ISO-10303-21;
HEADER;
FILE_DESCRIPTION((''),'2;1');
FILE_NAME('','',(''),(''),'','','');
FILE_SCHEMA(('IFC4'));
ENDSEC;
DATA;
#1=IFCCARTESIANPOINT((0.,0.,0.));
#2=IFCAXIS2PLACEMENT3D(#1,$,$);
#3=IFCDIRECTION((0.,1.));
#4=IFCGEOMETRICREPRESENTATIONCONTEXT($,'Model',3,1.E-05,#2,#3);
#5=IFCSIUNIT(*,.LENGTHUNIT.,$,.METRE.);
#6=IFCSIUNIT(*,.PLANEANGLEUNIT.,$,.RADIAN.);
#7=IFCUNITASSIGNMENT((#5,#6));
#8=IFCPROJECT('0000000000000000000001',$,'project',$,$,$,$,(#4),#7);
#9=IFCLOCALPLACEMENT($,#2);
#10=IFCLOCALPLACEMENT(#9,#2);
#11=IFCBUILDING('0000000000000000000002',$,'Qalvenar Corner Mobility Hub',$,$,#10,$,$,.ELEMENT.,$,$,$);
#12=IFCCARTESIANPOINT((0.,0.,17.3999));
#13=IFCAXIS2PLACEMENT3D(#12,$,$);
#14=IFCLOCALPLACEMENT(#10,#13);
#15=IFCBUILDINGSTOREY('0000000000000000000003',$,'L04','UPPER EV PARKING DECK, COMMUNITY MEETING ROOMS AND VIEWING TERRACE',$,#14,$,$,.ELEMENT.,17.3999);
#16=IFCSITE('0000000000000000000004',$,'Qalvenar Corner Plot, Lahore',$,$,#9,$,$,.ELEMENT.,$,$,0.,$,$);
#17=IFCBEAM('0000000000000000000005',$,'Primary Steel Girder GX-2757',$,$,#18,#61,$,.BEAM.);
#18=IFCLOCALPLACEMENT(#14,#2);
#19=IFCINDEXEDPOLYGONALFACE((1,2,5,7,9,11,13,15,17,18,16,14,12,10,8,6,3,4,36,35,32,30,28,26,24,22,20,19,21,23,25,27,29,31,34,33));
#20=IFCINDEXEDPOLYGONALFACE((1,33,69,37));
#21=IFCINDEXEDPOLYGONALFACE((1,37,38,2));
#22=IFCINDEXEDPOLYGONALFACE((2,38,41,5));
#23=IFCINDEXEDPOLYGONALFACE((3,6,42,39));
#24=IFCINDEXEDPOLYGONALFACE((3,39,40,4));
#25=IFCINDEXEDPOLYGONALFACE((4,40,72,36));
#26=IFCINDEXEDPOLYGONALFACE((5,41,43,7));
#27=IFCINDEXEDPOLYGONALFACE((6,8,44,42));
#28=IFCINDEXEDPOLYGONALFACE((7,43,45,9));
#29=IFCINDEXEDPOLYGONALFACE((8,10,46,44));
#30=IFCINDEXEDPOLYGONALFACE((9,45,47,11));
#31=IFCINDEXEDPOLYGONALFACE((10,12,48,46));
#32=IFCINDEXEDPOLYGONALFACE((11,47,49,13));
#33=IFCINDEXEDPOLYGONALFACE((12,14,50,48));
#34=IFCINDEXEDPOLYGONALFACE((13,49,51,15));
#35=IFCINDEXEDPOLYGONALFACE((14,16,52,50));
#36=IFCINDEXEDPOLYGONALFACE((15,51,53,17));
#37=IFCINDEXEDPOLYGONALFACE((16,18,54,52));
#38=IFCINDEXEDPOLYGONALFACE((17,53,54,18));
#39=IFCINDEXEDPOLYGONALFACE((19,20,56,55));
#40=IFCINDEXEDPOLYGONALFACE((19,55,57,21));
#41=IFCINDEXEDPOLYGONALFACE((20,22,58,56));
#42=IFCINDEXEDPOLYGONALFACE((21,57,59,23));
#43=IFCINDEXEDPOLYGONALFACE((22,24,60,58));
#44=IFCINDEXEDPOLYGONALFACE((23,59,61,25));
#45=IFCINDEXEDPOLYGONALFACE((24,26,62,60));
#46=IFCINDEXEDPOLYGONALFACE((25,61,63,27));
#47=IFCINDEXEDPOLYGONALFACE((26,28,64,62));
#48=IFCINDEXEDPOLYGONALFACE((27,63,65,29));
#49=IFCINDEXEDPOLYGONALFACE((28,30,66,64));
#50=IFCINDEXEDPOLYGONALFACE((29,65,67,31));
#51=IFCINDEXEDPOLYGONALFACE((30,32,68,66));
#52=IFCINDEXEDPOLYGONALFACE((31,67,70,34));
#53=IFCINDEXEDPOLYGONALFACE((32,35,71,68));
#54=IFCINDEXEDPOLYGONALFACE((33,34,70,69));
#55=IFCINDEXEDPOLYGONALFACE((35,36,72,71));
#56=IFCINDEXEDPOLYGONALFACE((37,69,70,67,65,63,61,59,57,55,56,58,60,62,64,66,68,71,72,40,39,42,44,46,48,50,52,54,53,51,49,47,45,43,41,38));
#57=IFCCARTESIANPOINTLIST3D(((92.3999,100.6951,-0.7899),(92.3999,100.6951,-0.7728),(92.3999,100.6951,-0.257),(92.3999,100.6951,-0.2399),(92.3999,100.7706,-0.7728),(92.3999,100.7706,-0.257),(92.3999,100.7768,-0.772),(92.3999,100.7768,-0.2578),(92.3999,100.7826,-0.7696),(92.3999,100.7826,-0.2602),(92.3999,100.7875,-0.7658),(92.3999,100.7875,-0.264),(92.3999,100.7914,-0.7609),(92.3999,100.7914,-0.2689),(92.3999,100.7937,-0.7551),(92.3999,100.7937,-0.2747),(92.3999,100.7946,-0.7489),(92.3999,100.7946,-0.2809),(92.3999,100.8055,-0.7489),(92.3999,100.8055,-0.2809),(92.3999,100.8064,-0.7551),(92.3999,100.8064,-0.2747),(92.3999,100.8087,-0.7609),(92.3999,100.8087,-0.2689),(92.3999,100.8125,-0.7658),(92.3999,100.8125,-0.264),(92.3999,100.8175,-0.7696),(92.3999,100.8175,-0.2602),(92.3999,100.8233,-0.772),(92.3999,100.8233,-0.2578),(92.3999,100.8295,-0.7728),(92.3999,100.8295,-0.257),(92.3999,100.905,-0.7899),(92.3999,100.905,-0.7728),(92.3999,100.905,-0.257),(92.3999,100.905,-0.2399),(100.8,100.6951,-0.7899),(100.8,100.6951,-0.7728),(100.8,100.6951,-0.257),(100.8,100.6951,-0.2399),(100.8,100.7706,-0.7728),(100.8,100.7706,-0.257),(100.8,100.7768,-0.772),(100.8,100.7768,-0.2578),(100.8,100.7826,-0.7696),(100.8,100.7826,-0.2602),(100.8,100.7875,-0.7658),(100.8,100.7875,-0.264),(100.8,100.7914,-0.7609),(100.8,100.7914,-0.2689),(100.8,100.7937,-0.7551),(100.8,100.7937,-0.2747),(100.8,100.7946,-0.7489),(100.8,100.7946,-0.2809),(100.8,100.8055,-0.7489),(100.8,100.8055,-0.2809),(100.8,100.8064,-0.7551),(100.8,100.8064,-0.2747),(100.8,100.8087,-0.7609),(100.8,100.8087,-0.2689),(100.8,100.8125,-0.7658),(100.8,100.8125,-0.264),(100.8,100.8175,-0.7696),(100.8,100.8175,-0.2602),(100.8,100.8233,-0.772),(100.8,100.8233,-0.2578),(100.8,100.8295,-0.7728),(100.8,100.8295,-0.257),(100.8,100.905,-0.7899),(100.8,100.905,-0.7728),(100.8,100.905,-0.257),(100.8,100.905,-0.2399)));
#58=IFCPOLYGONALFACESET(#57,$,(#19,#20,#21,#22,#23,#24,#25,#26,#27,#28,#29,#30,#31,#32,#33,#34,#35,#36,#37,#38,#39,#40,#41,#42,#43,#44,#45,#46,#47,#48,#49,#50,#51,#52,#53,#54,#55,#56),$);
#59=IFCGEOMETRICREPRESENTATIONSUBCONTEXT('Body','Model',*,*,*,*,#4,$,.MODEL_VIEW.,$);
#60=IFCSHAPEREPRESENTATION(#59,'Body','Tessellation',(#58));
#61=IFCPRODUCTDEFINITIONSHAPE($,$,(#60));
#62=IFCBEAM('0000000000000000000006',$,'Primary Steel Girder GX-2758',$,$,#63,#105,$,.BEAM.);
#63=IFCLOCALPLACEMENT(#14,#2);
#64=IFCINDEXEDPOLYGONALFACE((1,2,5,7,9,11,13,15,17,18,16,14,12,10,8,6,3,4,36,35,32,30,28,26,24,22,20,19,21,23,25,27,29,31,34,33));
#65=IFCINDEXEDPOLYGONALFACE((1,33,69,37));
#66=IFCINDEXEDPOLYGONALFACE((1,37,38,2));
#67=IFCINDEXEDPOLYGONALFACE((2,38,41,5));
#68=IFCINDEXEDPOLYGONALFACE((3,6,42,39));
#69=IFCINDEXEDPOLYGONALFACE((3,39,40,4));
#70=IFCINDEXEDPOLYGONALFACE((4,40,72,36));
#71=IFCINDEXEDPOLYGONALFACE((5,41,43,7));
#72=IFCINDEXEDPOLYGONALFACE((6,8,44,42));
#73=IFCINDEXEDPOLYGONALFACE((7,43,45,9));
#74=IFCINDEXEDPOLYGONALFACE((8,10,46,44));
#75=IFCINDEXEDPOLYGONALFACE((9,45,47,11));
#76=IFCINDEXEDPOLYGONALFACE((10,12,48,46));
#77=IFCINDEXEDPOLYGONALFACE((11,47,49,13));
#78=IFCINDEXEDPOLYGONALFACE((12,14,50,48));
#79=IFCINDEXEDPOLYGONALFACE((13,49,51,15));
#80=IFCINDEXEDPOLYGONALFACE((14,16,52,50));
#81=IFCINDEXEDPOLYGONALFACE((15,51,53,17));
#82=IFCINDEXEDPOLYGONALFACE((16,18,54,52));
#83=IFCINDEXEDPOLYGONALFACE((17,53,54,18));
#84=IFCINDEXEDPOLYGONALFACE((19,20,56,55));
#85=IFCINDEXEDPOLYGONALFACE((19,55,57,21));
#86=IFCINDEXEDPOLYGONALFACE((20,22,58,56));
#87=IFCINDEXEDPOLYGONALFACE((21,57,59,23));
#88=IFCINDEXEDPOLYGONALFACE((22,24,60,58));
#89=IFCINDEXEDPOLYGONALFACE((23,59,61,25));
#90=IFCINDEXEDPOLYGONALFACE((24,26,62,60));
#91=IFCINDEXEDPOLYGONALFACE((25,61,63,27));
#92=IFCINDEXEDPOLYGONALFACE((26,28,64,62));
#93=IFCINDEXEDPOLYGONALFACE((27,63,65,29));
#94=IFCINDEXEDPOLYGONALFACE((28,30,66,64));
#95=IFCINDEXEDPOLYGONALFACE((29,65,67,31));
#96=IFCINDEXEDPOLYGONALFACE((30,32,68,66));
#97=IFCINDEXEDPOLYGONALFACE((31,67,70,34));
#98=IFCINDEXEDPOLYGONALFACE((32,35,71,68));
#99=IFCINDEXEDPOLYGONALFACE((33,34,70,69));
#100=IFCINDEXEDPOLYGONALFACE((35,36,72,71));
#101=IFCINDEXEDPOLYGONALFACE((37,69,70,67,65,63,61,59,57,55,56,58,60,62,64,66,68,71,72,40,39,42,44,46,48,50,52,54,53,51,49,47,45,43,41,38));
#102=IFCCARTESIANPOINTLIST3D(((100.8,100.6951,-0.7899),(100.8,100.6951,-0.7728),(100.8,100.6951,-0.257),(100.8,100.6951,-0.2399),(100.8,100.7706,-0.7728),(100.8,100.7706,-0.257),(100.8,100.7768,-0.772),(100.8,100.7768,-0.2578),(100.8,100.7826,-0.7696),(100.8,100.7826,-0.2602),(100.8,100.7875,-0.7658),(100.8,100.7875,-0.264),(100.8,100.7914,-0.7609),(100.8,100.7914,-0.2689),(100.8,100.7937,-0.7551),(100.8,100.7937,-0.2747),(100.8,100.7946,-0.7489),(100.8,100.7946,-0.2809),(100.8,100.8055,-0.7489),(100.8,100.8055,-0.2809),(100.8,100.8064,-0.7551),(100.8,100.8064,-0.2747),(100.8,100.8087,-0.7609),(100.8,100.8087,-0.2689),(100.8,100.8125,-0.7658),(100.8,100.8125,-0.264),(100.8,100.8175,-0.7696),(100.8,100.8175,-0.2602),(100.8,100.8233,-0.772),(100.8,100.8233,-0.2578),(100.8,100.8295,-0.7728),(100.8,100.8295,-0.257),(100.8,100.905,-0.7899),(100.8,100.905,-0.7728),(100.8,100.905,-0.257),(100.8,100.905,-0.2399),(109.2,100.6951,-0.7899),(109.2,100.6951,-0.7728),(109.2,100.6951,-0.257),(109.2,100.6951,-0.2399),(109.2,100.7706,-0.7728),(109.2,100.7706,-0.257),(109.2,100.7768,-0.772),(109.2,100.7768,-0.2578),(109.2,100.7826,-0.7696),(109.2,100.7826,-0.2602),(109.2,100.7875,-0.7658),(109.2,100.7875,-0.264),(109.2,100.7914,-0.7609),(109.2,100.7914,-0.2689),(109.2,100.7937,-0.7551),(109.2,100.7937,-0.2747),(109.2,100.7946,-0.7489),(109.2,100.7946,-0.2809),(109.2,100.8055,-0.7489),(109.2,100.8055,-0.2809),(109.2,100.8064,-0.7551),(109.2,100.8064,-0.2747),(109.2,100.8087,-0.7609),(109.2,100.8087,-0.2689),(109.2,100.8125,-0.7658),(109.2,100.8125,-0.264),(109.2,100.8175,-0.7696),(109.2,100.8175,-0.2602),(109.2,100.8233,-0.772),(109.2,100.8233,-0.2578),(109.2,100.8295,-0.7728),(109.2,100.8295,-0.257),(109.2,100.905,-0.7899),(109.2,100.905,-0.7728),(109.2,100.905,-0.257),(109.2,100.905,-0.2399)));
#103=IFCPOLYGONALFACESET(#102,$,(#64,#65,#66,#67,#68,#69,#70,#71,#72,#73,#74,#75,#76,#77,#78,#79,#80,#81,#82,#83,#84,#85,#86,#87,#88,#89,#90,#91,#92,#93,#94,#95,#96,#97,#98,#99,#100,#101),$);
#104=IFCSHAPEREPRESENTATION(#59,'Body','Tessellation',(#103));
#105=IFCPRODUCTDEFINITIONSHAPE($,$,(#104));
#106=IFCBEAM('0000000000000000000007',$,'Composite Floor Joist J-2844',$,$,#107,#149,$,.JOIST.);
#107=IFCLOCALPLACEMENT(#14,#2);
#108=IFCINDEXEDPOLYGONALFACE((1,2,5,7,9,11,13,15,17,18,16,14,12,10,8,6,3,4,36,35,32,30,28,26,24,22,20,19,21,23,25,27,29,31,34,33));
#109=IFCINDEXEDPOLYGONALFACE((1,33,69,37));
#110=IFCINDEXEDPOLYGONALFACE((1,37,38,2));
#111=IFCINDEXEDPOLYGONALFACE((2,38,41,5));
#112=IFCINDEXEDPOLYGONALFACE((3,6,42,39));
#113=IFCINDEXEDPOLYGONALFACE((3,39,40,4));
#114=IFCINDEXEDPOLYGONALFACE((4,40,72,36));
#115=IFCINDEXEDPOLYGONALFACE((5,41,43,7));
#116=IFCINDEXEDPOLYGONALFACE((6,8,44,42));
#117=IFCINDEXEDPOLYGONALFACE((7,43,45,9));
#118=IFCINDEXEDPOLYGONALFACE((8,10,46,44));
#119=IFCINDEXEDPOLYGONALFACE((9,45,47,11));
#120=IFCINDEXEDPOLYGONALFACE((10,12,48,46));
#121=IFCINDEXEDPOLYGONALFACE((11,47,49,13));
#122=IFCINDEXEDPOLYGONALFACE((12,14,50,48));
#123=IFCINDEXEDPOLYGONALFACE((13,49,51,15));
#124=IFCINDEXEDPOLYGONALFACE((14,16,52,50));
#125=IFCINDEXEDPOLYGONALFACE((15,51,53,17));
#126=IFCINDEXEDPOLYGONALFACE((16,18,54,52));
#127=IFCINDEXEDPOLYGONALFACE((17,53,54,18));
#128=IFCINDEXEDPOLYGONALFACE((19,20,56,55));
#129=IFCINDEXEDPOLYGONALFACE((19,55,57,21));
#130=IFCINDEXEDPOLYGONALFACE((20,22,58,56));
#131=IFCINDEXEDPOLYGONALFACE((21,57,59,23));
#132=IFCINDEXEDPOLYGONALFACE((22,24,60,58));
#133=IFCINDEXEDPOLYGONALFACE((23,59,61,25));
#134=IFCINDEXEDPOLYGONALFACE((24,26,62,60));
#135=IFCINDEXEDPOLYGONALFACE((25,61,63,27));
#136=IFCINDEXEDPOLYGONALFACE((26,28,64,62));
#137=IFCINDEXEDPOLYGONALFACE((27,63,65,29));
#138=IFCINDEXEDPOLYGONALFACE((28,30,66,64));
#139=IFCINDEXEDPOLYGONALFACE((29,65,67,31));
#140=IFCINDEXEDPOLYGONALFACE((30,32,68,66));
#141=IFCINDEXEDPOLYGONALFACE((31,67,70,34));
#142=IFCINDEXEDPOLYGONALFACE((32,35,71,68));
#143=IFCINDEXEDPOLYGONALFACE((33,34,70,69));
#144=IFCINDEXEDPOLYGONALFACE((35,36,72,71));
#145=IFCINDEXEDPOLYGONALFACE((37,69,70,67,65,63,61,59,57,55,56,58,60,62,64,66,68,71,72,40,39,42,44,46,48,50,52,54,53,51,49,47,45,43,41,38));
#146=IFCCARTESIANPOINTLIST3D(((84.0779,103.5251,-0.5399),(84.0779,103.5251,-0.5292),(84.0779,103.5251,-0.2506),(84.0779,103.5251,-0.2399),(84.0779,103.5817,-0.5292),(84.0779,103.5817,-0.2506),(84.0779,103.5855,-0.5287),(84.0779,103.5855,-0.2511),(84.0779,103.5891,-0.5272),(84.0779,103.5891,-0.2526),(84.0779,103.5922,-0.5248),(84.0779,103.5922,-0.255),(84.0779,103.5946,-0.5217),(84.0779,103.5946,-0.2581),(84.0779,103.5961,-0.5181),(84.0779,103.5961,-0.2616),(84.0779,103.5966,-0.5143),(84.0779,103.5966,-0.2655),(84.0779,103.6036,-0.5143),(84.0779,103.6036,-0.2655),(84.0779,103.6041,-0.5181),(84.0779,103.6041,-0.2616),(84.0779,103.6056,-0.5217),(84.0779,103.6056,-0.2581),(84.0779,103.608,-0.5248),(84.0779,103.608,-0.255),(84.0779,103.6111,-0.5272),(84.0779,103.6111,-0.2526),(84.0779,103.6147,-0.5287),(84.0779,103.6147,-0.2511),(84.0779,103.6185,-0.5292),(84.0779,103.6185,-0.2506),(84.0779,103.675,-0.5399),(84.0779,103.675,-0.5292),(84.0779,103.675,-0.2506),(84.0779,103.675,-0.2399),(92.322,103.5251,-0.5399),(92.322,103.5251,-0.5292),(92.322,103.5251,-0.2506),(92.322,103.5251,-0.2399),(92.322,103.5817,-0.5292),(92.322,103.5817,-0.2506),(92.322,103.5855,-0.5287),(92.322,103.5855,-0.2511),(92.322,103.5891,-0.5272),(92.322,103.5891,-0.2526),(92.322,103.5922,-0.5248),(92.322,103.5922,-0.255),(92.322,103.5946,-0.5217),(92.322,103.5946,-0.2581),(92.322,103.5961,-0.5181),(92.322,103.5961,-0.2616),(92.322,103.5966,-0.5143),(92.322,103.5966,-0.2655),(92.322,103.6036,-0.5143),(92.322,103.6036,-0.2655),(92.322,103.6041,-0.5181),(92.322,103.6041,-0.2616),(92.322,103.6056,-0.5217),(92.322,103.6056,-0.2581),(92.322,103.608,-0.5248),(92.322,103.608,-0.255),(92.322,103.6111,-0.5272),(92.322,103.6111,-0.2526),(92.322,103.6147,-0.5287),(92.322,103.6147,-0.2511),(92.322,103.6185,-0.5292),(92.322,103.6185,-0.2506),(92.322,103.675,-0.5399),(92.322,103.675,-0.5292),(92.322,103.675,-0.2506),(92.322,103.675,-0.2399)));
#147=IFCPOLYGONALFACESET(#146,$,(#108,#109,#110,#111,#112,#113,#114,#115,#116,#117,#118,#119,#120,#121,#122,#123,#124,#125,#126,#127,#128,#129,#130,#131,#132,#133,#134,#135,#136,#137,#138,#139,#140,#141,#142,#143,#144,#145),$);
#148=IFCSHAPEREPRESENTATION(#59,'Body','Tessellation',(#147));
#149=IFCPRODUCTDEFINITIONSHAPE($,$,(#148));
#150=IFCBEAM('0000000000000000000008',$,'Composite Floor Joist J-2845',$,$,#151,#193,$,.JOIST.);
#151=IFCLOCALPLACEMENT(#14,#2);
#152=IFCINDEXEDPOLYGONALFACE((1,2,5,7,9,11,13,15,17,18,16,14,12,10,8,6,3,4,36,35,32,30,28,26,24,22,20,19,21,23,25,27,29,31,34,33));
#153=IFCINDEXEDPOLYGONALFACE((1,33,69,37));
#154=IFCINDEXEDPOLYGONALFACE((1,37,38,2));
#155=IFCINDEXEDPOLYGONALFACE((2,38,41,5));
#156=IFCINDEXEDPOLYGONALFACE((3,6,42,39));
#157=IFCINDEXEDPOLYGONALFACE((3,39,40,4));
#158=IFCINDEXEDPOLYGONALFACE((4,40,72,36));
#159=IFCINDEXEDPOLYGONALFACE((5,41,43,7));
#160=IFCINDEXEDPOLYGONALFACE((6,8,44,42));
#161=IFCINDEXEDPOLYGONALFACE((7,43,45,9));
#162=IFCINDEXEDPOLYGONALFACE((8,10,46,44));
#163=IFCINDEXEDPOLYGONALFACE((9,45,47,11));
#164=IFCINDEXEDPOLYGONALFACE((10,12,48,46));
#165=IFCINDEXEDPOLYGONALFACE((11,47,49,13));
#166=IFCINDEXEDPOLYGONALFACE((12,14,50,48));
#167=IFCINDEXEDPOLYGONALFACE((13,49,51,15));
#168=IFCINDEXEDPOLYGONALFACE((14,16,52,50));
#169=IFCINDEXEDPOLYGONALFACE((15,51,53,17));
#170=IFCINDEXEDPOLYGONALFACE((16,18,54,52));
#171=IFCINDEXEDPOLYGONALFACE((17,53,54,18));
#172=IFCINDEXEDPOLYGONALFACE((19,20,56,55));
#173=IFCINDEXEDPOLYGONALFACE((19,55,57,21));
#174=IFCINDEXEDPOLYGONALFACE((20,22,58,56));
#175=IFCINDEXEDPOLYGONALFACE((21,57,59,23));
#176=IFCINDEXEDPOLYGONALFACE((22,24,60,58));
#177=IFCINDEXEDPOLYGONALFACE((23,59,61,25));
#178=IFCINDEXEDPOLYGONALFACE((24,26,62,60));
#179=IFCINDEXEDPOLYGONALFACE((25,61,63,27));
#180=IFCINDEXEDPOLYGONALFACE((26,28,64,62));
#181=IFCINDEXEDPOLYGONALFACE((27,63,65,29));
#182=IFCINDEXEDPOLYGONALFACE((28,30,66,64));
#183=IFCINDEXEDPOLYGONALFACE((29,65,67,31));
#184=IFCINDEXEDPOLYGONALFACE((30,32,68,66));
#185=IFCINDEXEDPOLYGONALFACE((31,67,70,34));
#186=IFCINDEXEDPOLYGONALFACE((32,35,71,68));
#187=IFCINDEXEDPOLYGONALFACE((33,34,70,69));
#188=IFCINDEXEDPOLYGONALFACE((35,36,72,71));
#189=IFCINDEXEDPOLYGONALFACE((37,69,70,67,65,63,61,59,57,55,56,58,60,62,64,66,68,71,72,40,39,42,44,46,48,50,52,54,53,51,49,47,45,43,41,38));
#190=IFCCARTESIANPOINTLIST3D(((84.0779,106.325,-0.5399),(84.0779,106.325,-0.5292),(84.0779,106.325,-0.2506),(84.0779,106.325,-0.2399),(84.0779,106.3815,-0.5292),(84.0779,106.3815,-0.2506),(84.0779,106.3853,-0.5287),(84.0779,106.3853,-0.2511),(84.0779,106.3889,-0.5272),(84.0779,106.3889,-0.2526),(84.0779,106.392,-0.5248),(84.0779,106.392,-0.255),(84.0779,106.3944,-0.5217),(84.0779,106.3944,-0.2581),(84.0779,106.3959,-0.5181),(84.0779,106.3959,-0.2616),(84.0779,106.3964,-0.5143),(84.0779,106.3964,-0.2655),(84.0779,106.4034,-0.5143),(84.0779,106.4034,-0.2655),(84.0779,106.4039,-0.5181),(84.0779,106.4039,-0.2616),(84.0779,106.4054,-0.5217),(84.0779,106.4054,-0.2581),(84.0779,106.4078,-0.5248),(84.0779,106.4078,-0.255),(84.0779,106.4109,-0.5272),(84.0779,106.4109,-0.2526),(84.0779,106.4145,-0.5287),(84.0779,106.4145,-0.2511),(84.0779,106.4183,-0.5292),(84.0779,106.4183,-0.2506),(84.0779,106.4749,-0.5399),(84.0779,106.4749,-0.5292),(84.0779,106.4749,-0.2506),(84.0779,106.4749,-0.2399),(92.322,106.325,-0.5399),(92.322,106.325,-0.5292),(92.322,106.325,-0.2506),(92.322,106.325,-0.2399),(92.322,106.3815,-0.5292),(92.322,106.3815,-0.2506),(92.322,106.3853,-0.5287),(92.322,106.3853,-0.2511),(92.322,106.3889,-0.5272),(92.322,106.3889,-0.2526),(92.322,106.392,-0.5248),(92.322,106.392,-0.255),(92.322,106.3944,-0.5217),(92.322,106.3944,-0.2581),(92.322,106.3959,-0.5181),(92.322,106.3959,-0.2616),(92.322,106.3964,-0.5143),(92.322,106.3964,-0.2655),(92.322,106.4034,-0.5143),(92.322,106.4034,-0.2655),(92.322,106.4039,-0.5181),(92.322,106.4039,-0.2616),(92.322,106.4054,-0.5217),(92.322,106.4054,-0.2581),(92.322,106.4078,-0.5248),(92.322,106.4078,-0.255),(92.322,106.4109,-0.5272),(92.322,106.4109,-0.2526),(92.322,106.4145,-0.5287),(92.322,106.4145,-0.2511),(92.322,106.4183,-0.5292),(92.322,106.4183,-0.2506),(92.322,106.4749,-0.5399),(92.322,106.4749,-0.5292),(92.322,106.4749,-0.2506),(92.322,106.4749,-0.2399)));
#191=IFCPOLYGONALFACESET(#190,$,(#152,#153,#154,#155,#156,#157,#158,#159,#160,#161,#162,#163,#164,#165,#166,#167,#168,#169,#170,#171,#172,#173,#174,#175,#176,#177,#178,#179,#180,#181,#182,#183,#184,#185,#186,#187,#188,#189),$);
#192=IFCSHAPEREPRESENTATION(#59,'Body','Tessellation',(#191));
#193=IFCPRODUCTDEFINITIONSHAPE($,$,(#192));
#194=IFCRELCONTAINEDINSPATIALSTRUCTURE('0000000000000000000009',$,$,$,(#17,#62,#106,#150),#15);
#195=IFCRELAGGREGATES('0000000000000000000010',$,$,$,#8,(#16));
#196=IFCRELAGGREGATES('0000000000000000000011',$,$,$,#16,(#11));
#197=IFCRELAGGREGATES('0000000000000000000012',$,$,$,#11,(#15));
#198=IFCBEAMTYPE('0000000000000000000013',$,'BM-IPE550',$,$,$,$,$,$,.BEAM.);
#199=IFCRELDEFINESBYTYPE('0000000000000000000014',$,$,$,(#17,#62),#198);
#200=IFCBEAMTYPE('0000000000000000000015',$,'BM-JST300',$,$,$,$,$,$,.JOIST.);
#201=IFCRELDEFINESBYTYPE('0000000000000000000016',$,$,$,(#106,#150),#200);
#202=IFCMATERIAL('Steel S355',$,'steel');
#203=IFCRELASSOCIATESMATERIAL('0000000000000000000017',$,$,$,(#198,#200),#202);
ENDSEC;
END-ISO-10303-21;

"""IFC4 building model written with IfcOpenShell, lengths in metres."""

from ifc_helpers import new_model, si_unit, direction, frame, origin, origin_2d, place, context, subcontext, project, spatial, i_section, extrude, material, material_profile, profile_set, type_object, element, save


model = new_model("IFC4")

# Units and contexts
model_context = context("Model", 3, precision=1e-05, world=origin(), true_north=direction((0.0, 1.0)))
body_context = subcontext(model_context, "Body", "Model", "MODEL_VIEW")
ifc_project = project(units=[si_unit("LENGTHUNIT", "METRE"), si_unit("PLANEANGLEUNIT", "RADIAN")], contexts=[model_context])

# Site, building, storey
site_placement = place(None, origin())
site = spatial("IfcSite", under=ifc_project, at=site_placement, Name="Qalvenar Corner Plot, Lahore", CompositionType="ELEMENT", RefElevation=0.0)
building_placement = place(site_placement, origin())
building = spatial("IfcBuilding", under=site, at=building_placement, Name="Qalvenar Corner Mobility Hub", CompositionType="ELEMENT")
storey_placement = place(building_placement, frame((0.0, 0.0, 17.3999)))
storey = spatial("IfcBuildingStorey", under=building, at=storey_placement, Name="L04", Description="UPPER EV PARKING DECK, COMMUNITY MEETING ROOMS AND VIEWING TERRACE", CompositionType="ELEMENT", Elevation=17.3999)

# Shared definitions
ifc_material = material(Name="Steel S355", Category="steel")

# Beams
ifc_material_profile_1 = material_profile(ifc_material, i_section(OverallWidth=0.21, OverallDepth=0.55, WebThickness=0.011, FlangeThickness=0.0171, FilletRadius=0.0239, at=origin_2d()), Name="IPE550")
ifc_profile_set_1 = profile_set([ifc_material_profile_1], Name="Steel S355")
beam_type_1 = type_object("IfcBeamType", Name="BM-IPE550", PredefinedType="BEAM", material=ifc_profile_set_1)
beam_1_placement = place(storey_placement, frame((92.3999, 100.8, -0.5149), z_axis=(1.0, 0.0, 0.0), x_axis=(0.0, 1.0, 0.0)))
element("IfcBeam", 1, at=beam_1_placement, inside=storey, type_object=beam_type_1, Name="Primary Steel Girder GX-2757", PredefinedType="BEAM", context=body_context, shape_type="SweptSolid", body=[
    extrude(i_section(OverallWidth=0.21, OverallDepth=0.55, WebThickness=0.011, FlangeThickness=0.0171, FilletRadius=0.0239, at=origin_2d()), origin(), (0.0, 0.0, 1.0), 8.4001),
])
beam_2_placement = place(storey_placement, frame((100.8, 100.8, -0.5149), z_axis=(1.0, 0.0, 0.0), x_axis=(0.0, 1.0, 0.0)))
element("IfcBeam", 2, at=beam_2_placement, inside=storey, type_object=beam_type_1, Name="Primary Steel Girder GX-2758", PredefinedType="BEAM", context=body_context, shape_type="SweptSolid", body=[
    extrude(i_section(OverallWidth=0.21, OverallDepth=0.55, WebThickness=0.011, FlangeThickness=0.0171, FilletRadius=0.0239, at=origin_2d()), origin(), (0.0, 0.0, 1.0), 8.3999),
])
ifc_material_profile_2 = material_profile(ifc_material, i_section(OverallWidth=0.1499, OverallDepth=0.3, WebThickness=0.0071, FlangeThickness=0.0107, FilletRadius=0.0149, at=origin_2d()), Name="IPE300")
ifc_profile_set_2 = profile_set([ifc_material_profile_2], Name="Steel S355")
beam_type_2 = type_object("IfcBeamType", Name="BM-JST300", PredefinedType="JOIST", material=ifc_profile_set_2)
for number, where, z_axis, x_axis, name in (
    (3, (84.0779, 103.6001, -0.3899), (1.0, 0.0, 0.0), (0.0, 1.0, 0.0), "Composite Floor Joist J-2844"),
    (4, (84.0779, 106.3999, -0.3899), (1.0, 0.0, 0.0), (0.0, 1.0, 0.0), "Composite Floor Joist J-2845"),
):
    element("IfcBeam", number, at=place(storey_placement, frame(where, z_axis=z_axis, x_axis=x_axis)), inside=storey, type_object=beam_type_2, Name=name, PredefinedType="JOIST", context=body_context, shape_type="SweptSolid", body=[
        extrude(i_section(OverallWidth=0.1499, OverallDepth=0.3, WebThickness=0.0071, FlangeThickness=0.0107, FilletRadius=0.0149, at=origin_2d()), origin(), (0.0, 0.0, 1.0), 8.2441),
    ])

save(model, "model.ifc")
